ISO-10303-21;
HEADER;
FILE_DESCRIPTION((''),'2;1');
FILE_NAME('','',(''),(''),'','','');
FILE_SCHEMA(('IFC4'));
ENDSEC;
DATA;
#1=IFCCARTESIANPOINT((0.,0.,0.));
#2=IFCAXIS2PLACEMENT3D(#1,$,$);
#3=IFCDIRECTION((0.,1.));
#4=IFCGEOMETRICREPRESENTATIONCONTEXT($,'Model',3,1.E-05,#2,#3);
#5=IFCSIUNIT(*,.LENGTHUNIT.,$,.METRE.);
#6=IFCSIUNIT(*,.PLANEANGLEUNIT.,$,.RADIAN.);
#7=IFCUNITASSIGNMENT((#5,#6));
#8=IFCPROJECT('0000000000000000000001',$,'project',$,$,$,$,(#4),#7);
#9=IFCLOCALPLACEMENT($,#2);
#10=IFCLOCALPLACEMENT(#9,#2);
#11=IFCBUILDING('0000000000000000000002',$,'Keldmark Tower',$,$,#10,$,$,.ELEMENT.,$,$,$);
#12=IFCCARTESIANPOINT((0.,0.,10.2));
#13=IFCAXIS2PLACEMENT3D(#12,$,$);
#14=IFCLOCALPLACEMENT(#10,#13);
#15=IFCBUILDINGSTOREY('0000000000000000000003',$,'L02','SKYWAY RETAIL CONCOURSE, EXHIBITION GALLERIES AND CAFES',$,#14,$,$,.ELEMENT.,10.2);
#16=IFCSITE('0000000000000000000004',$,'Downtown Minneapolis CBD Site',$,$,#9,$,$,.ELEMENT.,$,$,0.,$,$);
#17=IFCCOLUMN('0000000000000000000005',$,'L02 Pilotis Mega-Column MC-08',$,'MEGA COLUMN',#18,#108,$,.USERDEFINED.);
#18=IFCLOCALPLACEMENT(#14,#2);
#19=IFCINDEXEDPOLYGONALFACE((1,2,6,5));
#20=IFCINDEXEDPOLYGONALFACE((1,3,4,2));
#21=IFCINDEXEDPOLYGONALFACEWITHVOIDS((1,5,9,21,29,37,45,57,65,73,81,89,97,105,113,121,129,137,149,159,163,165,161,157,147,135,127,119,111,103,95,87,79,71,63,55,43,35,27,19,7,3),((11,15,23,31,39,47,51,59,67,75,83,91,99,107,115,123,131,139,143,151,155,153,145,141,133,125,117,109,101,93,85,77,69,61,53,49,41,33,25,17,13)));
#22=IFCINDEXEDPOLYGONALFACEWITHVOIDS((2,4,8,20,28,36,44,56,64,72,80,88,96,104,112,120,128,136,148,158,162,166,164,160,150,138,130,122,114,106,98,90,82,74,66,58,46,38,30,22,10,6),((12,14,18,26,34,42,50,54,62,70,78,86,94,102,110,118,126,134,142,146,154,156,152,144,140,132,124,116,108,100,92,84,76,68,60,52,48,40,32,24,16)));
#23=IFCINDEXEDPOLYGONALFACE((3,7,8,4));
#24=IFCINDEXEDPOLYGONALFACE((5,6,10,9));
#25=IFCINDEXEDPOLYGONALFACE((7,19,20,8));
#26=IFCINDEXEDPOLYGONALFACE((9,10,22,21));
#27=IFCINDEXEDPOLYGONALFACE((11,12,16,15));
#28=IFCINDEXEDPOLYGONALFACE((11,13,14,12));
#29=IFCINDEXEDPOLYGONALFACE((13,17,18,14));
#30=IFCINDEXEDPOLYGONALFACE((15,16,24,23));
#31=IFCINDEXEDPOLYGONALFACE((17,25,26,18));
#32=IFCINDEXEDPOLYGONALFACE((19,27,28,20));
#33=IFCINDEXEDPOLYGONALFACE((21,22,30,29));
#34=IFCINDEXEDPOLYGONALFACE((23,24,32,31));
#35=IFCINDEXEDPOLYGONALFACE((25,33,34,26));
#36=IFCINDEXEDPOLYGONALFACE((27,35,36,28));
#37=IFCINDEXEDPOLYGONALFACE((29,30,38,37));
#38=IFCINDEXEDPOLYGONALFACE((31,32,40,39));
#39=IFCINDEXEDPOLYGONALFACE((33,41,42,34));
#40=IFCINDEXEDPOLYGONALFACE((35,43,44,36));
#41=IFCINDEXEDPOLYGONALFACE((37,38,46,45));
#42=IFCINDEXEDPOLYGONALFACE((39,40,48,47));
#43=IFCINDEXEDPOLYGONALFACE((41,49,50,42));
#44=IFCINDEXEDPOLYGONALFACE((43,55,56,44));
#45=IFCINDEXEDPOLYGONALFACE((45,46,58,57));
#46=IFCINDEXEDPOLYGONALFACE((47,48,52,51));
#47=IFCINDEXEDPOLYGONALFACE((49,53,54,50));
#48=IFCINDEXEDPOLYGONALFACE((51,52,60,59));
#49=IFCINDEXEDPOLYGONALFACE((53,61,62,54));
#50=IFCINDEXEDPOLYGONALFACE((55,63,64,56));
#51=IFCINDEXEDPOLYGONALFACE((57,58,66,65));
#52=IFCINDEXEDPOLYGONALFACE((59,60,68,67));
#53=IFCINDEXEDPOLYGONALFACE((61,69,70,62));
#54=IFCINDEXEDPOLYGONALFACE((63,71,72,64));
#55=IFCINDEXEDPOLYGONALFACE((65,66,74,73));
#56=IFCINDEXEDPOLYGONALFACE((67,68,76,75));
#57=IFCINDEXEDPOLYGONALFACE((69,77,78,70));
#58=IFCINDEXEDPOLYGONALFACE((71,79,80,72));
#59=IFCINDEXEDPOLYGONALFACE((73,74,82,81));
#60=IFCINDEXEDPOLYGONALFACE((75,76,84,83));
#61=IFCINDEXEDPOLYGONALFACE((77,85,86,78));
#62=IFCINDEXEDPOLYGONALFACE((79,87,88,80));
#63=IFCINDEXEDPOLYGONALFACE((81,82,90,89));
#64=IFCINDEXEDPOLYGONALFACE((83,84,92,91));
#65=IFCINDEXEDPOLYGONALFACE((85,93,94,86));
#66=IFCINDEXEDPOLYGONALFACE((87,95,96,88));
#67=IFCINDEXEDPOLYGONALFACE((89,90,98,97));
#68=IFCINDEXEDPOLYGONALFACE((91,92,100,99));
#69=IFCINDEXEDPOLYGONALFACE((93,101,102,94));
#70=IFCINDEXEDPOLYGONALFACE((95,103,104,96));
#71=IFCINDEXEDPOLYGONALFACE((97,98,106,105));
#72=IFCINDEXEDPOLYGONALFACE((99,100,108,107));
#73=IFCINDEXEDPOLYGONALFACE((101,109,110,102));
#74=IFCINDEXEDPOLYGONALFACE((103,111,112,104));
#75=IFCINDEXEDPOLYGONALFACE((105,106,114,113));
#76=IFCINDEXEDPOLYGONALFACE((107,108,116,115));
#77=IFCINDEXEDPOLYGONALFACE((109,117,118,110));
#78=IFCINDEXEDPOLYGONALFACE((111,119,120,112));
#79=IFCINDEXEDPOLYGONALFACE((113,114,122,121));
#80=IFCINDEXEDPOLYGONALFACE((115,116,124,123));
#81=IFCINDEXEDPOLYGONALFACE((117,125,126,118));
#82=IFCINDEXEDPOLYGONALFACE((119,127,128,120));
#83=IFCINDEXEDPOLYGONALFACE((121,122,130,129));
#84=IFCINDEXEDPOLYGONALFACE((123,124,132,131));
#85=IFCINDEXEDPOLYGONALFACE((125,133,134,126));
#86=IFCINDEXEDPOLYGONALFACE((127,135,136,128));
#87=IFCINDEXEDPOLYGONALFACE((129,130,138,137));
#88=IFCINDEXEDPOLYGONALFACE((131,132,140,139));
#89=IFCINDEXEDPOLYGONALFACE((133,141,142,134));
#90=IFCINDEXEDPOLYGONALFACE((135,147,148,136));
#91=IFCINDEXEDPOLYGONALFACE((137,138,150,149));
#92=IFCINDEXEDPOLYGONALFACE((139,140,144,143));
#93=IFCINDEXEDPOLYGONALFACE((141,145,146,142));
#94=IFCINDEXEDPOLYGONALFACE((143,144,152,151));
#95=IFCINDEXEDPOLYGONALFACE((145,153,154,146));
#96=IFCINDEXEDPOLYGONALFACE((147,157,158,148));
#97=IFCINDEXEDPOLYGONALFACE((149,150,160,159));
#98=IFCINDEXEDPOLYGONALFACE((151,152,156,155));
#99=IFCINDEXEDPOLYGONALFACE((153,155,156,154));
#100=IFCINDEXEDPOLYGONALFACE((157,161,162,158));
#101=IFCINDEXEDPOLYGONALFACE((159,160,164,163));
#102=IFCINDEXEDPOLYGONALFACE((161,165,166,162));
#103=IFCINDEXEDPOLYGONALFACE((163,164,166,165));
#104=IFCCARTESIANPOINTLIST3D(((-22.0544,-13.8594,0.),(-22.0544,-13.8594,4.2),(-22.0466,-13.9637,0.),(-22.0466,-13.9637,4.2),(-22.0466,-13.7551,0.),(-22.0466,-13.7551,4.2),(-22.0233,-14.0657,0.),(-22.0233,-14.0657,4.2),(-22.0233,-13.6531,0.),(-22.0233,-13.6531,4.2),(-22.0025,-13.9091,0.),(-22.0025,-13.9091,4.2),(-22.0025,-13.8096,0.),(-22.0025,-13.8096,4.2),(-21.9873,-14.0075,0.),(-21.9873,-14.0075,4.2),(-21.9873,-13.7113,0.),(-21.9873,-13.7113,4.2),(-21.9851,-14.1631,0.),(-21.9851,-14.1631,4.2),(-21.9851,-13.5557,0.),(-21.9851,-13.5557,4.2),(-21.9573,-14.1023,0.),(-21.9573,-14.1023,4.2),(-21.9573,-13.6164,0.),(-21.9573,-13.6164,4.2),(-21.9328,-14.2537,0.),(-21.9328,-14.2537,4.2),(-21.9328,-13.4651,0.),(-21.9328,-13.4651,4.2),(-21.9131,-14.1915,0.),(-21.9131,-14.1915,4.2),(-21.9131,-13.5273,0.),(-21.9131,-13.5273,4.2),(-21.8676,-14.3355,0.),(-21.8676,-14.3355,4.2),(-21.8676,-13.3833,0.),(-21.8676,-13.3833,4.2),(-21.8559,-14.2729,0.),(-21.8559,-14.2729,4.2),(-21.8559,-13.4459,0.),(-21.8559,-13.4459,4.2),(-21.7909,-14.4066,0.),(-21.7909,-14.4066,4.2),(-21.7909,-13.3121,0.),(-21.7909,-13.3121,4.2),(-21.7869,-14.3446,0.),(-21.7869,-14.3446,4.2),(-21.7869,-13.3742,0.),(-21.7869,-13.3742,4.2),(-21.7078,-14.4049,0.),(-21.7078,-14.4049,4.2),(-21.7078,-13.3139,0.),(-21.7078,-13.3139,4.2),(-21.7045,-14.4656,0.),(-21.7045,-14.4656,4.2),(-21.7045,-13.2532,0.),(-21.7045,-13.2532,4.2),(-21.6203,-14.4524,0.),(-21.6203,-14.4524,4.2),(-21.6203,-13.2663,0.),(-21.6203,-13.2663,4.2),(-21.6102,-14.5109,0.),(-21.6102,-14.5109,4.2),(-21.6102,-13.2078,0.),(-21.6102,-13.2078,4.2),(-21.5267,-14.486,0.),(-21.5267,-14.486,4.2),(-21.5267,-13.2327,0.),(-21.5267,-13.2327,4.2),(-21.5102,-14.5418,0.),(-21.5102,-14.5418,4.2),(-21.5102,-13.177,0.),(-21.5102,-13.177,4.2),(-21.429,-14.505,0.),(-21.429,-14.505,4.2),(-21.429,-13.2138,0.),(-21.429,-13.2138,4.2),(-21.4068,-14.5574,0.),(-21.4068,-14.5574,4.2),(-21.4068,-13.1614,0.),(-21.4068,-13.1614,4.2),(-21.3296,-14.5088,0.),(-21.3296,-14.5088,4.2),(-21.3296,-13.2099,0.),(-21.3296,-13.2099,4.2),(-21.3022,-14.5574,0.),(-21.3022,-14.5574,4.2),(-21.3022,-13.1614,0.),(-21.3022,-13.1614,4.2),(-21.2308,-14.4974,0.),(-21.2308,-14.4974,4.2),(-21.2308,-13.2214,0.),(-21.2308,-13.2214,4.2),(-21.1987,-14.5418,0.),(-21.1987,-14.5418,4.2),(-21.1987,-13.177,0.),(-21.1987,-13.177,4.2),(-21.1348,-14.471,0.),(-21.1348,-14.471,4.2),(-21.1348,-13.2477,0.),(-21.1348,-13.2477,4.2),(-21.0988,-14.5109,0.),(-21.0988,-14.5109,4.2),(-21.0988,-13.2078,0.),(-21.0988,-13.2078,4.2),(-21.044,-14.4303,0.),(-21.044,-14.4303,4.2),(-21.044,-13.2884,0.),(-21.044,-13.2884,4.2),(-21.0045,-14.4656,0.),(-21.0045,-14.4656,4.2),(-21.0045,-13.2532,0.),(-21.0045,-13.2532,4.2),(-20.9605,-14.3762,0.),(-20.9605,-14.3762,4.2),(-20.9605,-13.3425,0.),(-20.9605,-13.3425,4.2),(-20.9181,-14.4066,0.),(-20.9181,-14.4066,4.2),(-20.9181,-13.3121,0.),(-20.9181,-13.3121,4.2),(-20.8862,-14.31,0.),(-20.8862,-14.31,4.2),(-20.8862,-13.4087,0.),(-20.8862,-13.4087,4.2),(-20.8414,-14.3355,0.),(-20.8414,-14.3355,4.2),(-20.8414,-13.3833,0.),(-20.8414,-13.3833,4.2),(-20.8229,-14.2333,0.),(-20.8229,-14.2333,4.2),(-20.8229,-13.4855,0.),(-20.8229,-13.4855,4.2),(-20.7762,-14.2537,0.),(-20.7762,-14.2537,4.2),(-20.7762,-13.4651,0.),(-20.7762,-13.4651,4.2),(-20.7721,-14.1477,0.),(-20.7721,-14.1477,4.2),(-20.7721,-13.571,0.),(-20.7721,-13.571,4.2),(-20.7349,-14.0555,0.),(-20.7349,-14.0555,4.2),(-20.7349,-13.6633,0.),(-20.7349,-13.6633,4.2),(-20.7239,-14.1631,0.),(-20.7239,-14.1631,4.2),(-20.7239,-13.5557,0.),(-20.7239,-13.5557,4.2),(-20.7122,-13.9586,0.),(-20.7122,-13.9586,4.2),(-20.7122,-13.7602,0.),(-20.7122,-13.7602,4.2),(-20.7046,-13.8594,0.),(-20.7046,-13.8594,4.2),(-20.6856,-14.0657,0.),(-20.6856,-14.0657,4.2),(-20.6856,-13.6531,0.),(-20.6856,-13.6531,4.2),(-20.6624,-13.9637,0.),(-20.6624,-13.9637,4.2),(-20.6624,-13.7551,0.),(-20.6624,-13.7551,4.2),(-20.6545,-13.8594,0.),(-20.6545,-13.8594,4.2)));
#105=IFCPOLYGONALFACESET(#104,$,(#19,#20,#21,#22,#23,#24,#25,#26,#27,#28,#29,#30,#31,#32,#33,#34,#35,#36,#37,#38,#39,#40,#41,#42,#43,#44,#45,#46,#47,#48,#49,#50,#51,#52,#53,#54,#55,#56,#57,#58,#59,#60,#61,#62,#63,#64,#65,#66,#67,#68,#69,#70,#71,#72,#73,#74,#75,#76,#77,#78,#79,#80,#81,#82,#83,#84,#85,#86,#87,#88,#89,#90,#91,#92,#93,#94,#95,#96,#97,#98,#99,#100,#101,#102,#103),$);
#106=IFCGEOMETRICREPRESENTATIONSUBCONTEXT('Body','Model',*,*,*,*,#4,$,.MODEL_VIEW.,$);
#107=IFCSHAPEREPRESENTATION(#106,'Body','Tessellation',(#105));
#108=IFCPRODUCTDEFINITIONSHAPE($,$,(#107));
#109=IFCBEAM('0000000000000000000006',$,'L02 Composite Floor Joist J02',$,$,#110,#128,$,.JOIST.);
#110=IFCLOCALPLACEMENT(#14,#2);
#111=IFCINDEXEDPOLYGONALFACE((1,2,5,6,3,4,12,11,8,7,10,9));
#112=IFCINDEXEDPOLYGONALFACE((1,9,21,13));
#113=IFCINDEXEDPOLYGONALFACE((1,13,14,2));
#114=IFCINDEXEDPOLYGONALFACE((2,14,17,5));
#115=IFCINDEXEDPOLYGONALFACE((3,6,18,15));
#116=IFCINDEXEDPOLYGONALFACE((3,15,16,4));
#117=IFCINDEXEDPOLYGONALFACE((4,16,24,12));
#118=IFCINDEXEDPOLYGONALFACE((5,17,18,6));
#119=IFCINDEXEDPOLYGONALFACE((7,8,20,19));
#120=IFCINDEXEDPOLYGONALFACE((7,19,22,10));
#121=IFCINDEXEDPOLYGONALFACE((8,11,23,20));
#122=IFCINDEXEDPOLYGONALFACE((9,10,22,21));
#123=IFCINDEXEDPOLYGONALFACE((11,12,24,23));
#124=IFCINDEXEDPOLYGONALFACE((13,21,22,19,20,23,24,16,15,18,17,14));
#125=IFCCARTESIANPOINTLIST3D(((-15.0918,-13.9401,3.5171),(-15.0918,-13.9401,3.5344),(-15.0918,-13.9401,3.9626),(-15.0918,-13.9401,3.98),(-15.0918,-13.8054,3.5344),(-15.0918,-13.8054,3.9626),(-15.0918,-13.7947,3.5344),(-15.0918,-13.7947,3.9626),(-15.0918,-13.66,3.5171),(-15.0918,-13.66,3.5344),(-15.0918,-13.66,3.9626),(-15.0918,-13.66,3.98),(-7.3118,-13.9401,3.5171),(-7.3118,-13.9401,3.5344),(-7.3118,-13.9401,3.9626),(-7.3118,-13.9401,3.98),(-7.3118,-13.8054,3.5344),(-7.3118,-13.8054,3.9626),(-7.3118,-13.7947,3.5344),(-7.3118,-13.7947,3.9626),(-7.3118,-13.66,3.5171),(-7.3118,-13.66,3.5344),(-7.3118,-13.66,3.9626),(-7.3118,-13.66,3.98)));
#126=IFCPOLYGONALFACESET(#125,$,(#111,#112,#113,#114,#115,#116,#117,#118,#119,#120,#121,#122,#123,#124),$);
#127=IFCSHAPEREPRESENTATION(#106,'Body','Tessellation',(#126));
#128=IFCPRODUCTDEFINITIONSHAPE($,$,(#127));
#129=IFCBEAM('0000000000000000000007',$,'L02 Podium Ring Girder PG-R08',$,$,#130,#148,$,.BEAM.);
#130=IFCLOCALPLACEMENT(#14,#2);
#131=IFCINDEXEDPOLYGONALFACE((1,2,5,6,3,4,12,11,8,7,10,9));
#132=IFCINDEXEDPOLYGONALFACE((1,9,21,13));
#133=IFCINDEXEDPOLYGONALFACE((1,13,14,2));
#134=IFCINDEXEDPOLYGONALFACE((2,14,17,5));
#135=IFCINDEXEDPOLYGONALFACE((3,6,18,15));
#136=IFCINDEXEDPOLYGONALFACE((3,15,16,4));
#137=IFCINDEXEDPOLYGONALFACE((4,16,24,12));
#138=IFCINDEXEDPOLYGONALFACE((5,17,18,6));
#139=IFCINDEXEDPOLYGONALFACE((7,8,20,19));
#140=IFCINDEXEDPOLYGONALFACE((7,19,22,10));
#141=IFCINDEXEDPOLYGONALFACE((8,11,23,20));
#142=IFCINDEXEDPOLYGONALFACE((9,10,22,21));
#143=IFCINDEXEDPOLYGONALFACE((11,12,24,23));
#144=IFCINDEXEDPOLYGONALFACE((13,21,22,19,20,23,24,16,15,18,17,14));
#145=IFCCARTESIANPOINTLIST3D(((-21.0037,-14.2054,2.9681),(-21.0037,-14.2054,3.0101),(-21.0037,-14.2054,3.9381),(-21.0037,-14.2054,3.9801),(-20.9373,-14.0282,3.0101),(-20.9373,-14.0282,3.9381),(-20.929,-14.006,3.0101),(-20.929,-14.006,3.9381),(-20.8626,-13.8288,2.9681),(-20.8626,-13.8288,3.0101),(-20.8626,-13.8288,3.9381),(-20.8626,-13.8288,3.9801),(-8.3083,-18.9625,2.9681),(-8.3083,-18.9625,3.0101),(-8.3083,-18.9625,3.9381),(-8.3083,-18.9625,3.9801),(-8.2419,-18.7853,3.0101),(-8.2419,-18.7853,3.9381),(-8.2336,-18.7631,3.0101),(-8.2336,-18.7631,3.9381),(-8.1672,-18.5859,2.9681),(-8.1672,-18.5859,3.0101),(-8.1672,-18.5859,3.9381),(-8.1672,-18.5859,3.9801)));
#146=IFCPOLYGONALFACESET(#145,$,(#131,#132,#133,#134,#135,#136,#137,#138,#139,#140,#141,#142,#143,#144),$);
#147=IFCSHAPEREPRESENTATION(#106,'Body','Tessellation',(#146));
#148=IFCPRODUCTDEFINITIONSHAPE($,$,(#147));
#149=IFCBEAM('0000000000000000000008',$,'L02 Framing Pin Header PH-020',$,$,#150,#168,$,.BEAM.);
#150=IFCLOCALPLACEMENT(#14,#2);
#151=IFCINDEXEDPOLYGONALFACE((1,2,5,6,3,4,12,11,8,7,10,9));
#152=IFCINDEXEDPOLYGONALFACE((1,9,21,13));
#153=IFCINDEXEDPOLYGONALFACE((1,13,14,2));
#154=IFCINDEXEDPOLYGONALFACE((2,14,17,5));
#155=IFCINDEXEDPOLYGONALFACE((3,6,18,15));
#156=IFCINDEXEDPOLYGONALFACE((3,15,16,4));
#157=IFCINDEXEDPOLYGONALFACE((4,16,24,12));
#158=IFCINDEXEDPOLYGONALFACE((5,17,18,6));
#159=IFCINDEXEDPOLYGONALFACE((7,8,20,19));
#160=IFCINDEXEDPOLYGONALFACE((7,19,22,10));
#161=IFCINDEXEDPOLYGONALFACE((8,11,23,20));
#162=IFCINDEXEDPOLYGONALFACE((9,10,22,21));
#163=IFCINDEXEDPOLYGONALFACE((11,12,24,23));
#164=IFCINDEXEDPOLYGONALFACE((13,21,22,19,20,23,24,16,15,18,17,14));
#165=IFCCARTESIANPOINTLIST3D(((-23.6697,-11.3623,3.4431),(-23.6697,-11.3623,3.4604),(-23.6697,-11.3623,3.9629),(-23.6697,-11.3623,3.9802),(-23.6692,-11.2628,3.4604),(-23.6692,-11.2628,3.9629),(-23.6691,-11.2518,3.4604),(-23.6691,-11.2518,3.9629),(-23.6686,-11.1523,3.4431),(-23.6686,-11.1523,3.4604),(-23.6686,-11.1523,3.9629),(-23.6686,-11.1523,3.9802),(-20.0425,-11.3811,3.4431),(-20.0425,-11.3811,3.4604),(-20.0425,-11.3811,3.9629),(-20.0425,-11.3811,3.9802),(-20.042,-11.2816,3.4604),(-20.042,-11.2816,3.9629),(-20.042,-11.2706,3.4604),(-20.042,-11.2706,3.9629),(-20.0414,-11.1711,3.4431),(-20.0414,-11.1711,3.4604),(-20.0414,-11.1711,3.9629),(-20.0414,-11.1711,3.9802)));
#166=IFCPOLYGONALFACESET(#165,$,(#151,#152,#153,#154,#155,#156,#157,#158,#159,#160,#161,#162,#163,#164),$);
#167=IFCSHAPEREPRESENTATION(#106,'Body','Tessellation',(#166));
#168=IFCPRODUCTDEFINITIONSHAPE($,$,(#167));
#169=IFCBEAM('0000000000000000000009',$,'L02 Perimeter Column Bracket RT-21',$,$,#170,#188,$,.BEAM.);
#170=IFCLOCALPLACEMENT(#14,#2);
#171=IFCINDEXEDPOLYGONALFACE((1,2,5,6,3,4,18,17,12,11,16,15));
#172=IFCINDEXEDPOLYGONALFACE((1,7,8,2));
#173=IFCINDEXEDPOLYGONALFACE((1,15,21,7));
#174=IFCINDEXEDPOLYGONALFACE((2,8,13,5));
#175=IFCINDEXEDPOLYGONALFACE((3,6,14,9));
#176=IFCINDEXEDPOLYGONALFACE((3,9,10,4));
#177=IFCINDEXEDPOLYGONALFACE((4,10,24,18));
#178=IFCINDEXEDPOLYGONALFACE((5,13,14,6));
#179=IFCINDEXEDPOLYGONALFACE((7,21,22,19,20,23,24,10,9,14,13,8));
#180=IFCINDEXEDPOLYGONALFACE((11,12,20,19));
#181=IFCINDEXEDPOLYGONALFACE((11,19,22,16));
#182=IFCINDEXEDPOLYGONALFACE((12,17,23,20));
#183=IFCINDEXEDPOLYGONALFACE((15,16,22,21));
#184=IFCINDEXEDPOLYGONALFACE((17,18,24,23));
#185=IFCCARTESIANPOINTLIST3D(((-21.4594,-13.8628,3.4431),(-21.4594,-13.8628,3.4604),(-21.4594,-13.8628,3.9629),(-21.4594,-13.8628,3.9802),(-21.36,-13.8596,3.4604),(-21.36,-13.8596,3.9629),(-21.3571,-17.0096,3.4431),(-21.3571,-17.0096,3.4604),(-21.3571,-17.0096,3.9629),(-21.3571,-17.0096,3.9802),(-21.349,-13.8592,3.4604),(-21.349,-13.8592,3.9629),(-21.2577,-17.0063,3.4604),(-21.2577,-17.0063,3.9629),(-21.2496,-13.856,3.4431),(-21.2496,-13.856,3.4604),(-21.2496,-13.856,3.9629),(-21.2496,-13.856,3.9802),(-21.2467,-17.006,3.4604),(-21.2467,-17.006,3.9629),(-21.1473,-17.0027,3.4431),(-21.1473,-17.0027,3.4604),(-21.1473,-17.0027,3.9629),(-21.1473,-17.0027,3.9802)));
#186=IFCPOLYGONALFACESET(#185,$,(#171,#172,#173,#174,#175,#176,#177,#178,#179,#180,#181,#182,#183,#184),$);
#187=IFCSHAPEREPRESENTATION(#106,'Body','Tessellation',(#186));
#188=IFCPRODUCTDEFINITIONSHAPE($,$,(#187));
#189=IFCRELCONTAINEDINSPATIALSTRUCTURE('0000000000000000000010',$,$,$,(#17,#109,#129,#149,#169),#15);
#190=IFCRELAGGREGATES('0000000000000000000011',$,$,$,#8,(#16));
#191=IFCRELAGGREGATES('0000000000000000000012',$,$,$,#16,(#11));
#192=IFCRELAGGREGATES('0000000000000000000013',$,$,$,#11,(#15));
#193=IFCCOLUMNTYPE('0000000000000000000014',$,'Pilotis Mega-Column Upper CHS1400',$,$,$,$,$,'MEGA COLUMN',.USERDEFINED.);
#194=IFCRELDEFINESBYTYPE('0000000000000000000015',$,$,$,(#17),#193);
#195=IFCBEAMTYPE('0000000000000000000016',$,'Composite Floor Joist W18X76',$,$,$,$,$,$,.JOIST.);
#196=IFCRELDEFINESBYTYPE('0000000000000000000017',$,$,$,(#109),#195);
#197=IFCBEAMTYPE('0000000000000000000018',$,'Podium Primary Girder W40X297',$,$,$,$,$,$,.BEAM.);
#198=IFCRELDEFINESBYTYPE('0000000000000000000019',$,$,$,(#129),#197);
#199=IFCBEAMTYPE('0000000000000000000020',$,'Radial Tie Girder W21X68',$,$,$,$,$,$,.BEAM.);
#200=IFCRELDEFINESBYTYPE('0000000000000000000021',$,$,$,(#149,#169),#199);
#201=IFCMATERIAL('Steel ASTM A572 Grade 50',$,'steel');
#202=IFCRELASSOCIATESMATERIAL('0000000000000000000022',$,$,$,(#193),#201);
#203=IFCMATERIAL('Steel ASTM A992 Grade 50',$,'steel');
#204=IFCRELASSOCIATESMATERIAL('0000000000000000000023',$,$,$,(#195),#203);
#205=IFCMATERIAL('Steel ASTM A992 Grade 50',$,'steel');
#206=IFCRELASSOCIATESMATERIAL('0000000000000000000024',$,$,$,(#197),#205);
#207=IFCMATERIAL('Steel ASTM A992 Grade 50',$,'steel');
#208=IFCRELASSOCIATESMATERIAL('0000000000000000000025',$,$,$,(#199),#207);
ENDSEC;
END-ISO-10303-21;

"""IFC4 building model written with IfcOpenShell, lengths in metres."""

from ifc_helpers import new_model, si_unit, direction, frame, origin, origin_2d, place, context, subcontext, project, spatial, hollow_circle, i_section, extrude, material, material_profile, profile_set, type_object, element, save


model = new_model("IFC4")

# Units and contexts
model_context = context("Model", 3, precision=1e-05, world=origin(), true_north=direction((0.0, 1.0)))
body_context = subcontext(model_context, "Body", "Model", "MODEL_VIEW")
ifc_project = project(units=[si_unit("LENGTHUNIT", "METRE"), si_unit("PLANEANGLEUNIT", "RADIAN")], contexts=[model_context])

# Site, building, storey
site_placement = place(None, origin())
site = spatial("IfcSite", under=ifc_project, at=site_placement, Name="Downtown Minneapolis CBD Site", CompositionType="ELEMENT", RefElevation=0.0)
building_placement = place(site_placement, origin())
building = spatial("IfcBuilding", under=site, at=building_placement, Name="Keldmark Tower", CompositionType="ELEMENT")
storey_placement = place(building_placement, frame((0.0, 0.0, 10.2)))
storey = spatial("IfcBuildingStorey", under=building, at=storey_placement, Name="L02", Description="SKYWAY RETAIL CONCOURSE, EXHIBITION GALLERIES AND CAFES", CompositionType="ELEMENT", Elevation=10.2)

# Column
ifc_material_1 = material(Name="Steel ASTM A572 Grade 50", Category="steel")
ifc_material_profile_1 = material_profile(ifc_material_1, hollow_circle(Radius=0.7, WallThickness=0.05, at=origin_2d()), Name="CHS1400X50")
ifc_profile_set_1 = profile_set([ifc_material_profile_1], Name="Steel ASTM A572 Grade 50")
column_type = type_object("IfcColumnType", Name="Pilotis Mega-Column Upper CHS1400", ElementType="MEGA COLUMN", PredefinedType="USERDEFINED", material=ifc_profile_set_1)
column_placement = place(storey_placement, frame((-21.3545, -13.8594, 0.0), z_axis=(0.0, 0.0, 1.0), x_axis=(1.0, 0.0, 0.0)))
element("IfcColumn", 1, at=column_placement, inside=storey, type_object=column_type, Name="L02 Pilotis Mega-Column MC-08", ObjectType="MEGA COLUMN", PredefinedType="USERDEFINED", context=body_context, shape_type="SweptSolid", body=[
    extrude(hollow_circle(Radius=0.7, WallThickness=0.05, at=origin_2d()), origin(), (0.0, 0.0, 1.0), 4.2),
])

# Beams
ifc_material_2 = material(Name="Steel ASTM A992 Grade 50", Category="steel")
ifc_material_profile_2 = material_profile(ifc_material_2, i_section(OverallWidth=0.28, OverallDepth=0.4629, WebThickness=0.0107, FlangeThickness=0.0173, at=origin_2d()), Name="W18X76")
ifc_profile_set_2 = profile_set([ifc_material_profile_2], Name="Steel ASTM A992 Grade 50")
beam_type_1 = type_object("IfcBeamType", Name="Composite Floor Joist W18X76", PredefinedType="JOIST", material=ifc_profile_set_2)
beam_1_placement = place(storey_placement, frame((-15.0918, -13.8, 3.7485), z_axis=(1.0, 0.0, 0.0), x_axis=(0.0, 1.0, 0.0)))
element("IfcBeam", 2, at=beam_1_placement, inside=storey, type_object=beam_type_1, Name="L02 Composite Floor Joist J02", PredefinedType="JOIST", context=body_context, shape_type="SweptSolid", body=[
    extrude(i_section(OverallWidth=0.28, OverallDepth=0.4629, WebThickness=0.0107, FlangeThickness=0.0173, at=origin_2d()), origin(), (0.0, 0.0, 1.0), 7.78),
])
ifc_material_3 = material(Name="Steel ASTM A992 Grade 50", Category="steel")
ifc_material_profile_3 = material_profile(ifc_material_3, i_section(OverallWidth=0.4021, OverallDepth=1.012, WebThickness=0.0237, FlangeThickness=0.042, at=origin_2d()), Name="W40X297")
ifc_profile_set_3 = profile_set([ifc_material_profile_3], Name="Steel ASTM A992 Grade 50")
beam_type_2 = type_object("IfcBeamType", Name="Podium Primary Girder W40X297", PredefinedType="BEAM", material=ifc_profile_set_3)
beam_2_placement = place(storey_placement, frame((-20.9331, -14.0171, 3.4741), z_axis=(0.936418, -0.350887, 0.0), x_axis=(0.350887, 0.936418, 0.0)))
element("IfcBeam", 3, at=beam_2_placement, inside=storey, type_object=beam_type_2, Name="L02 Podium Ring Girder PG-R08", PredefinedType="BEAM", context=body_context, shape_type="SweptSolid", body=[
    extrude(i_section(OverallWidth=0.4021, OverallDepth=1.012, WebThickness=0.0237, FlangeThickness=0.042, at=origin_2d()), origin(), (0.0, 0.0, 1.0), 13.5574),
])
ifc_material_4 = material(Name="Steel ASTM A992 Grade 50", Category="steel")
ifc_material_profile_4 = material_profile(ifc_material_4, i_section(OverallWidth=0.21, OverallDepth=0.5371, WebThickness=0.011, FlangeThickness=0.0173, at=origin_2d()), Name="W21X68")
ifc_profile_set_4 = profile_set([ifc_material_profile_4], Name="Steel ASTM A992 Grade 50")
beam_type_3 = type_object("IfcBeamType", Name="Radial Tie Girder W21X68", PredefinedType="BEAM", material=ifc_profile_set_4)
beam_3_placement = place(storey_placement, frame((-20.042, -11.2761, 3.7117), z_axis=(-0.999987, 0.005183, 0.0), x_axis=(-0.005183, -0.999987, 0.0)))
element("IfcBeam", 4, at=beam_3_placement, inside=storey, type_object=beam_type_3, Name="L02 Framing Pin Header PH-020", PredefinedType="BEAM", context=body_context, shape_type="SweptSolid", body=[
    extrude(i_section(OverallWidth=0.21, OverallDepth=0.5371, WebThickness=0.011, FlangeThickness=0.0173, at=origin_2d()), origin(), (0.0, 0.0, 1.0), 3.6272),
])
beam_4_placement = place(storey_placement, frame((-21.3545, -13.8594, 3.7117), z_axis=(0.032491, -0.999472, 0.0), x_axis=(0.999472, 0.032491, 0.0)))
element("IfcBeam", 5, at=beam_4_placement, inside=storey, type_object=beam_type_3, Name="L02 Perimeter Column Bracket RT-21", PredefinedType="BEAM", context=body_context, shape_type="SweptSolid", body=[
    extrude(i_section(OverallWidth=0.21, OverallDepth=0.5371, WebThickness=0.011, FlangeThickness=0.0173, at=origin_2d()), origin(), (0.0, 0.0, 1.0), 3.1484),
])

save(model, "model.ifc")
